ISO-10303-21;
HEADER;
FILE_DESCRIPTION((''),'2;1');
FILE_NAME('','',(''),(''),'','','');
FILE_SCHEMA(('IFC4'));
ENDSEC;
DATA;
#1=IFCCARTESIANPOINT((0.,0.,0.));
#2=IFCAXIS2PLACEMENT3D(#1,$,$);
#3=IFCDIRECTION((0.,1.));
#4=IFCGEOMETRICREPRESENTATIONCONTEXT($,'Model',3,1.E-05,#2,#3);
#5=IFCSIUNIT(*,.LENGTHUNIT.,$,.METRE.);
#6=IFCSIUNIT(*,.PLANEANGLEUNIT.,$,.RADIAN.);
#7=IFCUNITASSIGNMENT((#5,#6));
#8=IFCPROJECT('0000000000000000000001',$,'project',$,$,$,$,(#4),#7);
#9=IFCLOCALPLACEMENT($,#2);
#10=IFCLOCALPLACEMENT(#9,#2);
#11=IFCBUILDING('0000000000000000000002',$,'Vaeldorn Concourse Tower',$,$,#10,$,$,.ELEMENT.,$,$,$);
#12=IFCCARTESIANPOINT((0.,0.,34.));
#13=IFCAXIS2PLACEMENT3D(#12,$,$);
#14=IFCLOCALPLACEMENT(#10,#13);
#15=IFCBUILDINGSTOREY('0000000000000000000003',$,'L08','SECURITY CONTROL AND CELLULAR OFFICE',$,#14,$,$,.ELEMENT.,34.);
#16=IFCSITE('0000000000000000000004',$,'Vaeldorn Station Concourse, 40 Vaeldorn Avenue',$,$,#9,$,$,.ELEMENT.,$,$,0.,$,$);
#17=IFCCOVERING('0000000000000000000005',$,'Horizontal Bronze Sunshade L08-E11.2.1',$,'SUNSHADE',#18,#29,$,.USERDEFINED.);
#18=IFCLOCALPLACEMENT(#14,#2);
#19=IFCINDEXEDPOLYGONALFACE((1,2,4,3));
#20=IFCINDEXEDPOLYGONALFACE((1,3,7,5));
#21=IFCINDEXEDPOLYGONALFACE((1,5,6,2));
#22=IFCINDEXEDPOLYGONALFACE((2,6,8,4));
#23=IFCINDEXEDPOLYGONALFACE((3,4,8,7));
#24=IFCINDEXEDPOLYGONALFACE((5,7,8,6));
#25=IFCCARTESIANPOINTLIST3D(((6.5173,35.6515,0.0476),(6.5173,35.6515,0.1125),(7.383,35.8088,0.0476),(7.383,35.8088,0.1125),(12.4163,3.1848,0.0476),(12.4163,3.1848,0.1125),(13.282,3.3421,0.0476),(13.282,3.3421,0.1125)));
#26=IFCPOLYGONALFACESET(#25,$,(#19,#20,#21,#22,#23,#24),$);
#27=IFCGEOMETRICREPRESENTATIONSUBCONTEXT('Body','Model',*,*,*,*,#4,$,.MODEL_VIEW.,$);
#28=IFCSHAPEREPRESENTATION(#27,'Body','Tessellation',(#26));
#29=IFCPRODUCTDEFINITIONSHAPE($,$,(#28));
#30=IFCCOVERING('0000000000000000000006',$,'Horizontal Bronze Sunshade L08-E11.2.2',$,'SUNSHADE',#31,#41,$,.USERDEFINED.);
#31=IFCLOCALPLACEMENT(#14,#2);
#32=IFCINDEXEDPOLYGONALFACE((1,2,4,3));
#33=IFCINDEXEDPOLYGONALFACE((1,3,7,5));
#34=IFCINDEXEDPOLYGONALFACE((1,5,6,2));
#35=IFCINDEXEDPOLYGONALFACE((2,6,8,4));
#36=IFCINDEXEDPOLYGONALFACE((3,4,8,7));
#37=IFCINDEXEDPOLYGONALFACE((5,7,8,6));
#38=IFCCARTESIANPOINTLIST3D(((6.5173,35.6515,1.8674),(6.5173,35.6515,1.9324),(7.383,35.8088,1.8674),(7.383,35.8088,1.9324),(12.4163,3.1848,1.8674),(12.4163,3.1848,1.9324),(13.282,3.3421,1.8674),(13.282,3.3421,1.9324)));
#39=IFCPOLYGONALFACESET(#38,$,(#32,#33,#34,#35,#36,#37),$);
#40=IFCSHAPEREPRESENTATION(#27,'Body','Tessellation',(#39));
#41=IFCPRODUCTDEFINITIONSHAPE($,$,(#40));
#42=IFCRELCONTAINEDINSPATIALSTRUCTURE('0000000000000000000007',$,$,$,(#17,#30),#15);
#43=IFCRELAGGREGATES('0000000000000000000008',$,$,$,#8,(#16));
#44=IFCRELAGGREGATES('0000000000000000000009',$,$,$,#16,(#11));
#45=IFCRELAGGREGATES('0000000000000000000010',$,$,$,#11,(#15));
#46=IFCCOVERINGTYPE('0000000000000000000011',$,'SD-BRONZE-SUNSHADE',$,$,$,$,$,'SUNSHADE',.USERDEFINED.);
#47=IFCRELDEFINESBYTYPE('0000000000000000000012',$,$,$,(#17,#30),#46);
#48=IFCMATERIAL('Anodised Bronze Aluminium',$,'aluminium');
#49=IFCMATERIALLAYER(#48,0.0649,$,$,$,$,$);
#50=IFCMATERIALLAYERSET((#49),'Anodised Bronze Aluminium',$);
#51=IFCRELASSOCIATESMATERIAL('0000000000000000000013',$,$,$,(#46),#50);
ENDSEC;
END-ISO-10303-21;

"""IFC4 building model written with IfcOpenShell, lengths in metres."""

from ifc_helpers import new_model, si_unit, direction, frame, origin, origin_2d, place, context, subcontext, project, spatial, rectangle, extrude, source, transform, mapped, material, layer, layer_set, type_object, element, save


model = new_model("IFC4")

# Units and contexts
model_context = context("Model", 3, precision=1e-05, world=origin(), true_north=direction((0.0, 1.0)))
body_context = subcontext(model_context, "Body", "Model", "MODEL_VIEW")
ifc_project = project(units=[si_unit("LENGTHUNIT", "METRE"), si_unit("PLANEANGLEUNIT", "RADIAN")], contexts=[model_context])

# Site, building, storey
site_placement = place(None, origin())
site = spatial("IfcSite", under=ifc_project, at=site_placement, Name="Vaeldorn Station Concourse, 40 Vaeldorn Avenue", CompositionType="ELEMENT", RefElevation=0.0)
building_placement = place(site_placement, origin())
building = spatial("IfcBuilding", under=site, at=building_placement, Name="Vaeldorn Concourse Tower", CompositionType="ELEMENT")
storey_placement = place(building_placement, frame((0.0, 0.0, 34.0)))
storey = spatial("IfcBuildingStorey", under=building, at=storey_placement, Name="L08", Description="SECURITY CONTROL AND CELLULAR OFFICE", CompositionType="ELEMENT", Elevation=34.0)

# Shared definitions
ifc_material_1 = material(Name="Anodised Bronze Aluminium", Category="aluminium")

# Coverings
ifc_layer_1 = layer(ifc_material_1, 0.0649)
ifc_layer_set_1 = layer_set([ifc_layer_1], Name="Anodised Bronze Aluminium")
covering_type = type_object("IfcCoveringType", Name="SD-BRONZE-SUNSHADE", ElementType="SUNSHADE", PredefinedType="USERDEFINED", material=ifc_layer_set_1)
shared_shape_1 = source(origin(), body_context, "Body", "SweptSolid", [
    extrude(rectangle(XDim=32.9983, YDim=0.8799, at=origin_2d()), origin(), (0.0, 0.0, 1.0), 0.0649),
])
for number, where, z_axis, x_axis, name in (
    (1, (9.8997, 19.4968, 0.0476), (0.0, 0.0, 1.0), (0.178768, -0.983891, 0.0), "Horizontal Bronze Sunshade L08-E11.2.1"),
    (2, (9.8997, 19.4968, 1.8674), (0.0, 0.0, 1.0), (0.178768, -0.983891, 0.0), "Horizontal Bronze Sunshade L08-E11.2.2"),
):
    element("IfcCovering", number, at=place(storey_placement, frame(where, z_axis=z_axis, x_axis=x_axis)), inside=storey, type_object=covering_type, Name=name, ObjectType="SUNSHADE", PredefinedType="USERDEFINED", context=body_context, shape_type="MappedRepresentation", body=[
        mapped(shared_shape_1, transform((0.0, 0.0, 0.0), scale=1.0)),
    ])

save(model, "model.ifc")
